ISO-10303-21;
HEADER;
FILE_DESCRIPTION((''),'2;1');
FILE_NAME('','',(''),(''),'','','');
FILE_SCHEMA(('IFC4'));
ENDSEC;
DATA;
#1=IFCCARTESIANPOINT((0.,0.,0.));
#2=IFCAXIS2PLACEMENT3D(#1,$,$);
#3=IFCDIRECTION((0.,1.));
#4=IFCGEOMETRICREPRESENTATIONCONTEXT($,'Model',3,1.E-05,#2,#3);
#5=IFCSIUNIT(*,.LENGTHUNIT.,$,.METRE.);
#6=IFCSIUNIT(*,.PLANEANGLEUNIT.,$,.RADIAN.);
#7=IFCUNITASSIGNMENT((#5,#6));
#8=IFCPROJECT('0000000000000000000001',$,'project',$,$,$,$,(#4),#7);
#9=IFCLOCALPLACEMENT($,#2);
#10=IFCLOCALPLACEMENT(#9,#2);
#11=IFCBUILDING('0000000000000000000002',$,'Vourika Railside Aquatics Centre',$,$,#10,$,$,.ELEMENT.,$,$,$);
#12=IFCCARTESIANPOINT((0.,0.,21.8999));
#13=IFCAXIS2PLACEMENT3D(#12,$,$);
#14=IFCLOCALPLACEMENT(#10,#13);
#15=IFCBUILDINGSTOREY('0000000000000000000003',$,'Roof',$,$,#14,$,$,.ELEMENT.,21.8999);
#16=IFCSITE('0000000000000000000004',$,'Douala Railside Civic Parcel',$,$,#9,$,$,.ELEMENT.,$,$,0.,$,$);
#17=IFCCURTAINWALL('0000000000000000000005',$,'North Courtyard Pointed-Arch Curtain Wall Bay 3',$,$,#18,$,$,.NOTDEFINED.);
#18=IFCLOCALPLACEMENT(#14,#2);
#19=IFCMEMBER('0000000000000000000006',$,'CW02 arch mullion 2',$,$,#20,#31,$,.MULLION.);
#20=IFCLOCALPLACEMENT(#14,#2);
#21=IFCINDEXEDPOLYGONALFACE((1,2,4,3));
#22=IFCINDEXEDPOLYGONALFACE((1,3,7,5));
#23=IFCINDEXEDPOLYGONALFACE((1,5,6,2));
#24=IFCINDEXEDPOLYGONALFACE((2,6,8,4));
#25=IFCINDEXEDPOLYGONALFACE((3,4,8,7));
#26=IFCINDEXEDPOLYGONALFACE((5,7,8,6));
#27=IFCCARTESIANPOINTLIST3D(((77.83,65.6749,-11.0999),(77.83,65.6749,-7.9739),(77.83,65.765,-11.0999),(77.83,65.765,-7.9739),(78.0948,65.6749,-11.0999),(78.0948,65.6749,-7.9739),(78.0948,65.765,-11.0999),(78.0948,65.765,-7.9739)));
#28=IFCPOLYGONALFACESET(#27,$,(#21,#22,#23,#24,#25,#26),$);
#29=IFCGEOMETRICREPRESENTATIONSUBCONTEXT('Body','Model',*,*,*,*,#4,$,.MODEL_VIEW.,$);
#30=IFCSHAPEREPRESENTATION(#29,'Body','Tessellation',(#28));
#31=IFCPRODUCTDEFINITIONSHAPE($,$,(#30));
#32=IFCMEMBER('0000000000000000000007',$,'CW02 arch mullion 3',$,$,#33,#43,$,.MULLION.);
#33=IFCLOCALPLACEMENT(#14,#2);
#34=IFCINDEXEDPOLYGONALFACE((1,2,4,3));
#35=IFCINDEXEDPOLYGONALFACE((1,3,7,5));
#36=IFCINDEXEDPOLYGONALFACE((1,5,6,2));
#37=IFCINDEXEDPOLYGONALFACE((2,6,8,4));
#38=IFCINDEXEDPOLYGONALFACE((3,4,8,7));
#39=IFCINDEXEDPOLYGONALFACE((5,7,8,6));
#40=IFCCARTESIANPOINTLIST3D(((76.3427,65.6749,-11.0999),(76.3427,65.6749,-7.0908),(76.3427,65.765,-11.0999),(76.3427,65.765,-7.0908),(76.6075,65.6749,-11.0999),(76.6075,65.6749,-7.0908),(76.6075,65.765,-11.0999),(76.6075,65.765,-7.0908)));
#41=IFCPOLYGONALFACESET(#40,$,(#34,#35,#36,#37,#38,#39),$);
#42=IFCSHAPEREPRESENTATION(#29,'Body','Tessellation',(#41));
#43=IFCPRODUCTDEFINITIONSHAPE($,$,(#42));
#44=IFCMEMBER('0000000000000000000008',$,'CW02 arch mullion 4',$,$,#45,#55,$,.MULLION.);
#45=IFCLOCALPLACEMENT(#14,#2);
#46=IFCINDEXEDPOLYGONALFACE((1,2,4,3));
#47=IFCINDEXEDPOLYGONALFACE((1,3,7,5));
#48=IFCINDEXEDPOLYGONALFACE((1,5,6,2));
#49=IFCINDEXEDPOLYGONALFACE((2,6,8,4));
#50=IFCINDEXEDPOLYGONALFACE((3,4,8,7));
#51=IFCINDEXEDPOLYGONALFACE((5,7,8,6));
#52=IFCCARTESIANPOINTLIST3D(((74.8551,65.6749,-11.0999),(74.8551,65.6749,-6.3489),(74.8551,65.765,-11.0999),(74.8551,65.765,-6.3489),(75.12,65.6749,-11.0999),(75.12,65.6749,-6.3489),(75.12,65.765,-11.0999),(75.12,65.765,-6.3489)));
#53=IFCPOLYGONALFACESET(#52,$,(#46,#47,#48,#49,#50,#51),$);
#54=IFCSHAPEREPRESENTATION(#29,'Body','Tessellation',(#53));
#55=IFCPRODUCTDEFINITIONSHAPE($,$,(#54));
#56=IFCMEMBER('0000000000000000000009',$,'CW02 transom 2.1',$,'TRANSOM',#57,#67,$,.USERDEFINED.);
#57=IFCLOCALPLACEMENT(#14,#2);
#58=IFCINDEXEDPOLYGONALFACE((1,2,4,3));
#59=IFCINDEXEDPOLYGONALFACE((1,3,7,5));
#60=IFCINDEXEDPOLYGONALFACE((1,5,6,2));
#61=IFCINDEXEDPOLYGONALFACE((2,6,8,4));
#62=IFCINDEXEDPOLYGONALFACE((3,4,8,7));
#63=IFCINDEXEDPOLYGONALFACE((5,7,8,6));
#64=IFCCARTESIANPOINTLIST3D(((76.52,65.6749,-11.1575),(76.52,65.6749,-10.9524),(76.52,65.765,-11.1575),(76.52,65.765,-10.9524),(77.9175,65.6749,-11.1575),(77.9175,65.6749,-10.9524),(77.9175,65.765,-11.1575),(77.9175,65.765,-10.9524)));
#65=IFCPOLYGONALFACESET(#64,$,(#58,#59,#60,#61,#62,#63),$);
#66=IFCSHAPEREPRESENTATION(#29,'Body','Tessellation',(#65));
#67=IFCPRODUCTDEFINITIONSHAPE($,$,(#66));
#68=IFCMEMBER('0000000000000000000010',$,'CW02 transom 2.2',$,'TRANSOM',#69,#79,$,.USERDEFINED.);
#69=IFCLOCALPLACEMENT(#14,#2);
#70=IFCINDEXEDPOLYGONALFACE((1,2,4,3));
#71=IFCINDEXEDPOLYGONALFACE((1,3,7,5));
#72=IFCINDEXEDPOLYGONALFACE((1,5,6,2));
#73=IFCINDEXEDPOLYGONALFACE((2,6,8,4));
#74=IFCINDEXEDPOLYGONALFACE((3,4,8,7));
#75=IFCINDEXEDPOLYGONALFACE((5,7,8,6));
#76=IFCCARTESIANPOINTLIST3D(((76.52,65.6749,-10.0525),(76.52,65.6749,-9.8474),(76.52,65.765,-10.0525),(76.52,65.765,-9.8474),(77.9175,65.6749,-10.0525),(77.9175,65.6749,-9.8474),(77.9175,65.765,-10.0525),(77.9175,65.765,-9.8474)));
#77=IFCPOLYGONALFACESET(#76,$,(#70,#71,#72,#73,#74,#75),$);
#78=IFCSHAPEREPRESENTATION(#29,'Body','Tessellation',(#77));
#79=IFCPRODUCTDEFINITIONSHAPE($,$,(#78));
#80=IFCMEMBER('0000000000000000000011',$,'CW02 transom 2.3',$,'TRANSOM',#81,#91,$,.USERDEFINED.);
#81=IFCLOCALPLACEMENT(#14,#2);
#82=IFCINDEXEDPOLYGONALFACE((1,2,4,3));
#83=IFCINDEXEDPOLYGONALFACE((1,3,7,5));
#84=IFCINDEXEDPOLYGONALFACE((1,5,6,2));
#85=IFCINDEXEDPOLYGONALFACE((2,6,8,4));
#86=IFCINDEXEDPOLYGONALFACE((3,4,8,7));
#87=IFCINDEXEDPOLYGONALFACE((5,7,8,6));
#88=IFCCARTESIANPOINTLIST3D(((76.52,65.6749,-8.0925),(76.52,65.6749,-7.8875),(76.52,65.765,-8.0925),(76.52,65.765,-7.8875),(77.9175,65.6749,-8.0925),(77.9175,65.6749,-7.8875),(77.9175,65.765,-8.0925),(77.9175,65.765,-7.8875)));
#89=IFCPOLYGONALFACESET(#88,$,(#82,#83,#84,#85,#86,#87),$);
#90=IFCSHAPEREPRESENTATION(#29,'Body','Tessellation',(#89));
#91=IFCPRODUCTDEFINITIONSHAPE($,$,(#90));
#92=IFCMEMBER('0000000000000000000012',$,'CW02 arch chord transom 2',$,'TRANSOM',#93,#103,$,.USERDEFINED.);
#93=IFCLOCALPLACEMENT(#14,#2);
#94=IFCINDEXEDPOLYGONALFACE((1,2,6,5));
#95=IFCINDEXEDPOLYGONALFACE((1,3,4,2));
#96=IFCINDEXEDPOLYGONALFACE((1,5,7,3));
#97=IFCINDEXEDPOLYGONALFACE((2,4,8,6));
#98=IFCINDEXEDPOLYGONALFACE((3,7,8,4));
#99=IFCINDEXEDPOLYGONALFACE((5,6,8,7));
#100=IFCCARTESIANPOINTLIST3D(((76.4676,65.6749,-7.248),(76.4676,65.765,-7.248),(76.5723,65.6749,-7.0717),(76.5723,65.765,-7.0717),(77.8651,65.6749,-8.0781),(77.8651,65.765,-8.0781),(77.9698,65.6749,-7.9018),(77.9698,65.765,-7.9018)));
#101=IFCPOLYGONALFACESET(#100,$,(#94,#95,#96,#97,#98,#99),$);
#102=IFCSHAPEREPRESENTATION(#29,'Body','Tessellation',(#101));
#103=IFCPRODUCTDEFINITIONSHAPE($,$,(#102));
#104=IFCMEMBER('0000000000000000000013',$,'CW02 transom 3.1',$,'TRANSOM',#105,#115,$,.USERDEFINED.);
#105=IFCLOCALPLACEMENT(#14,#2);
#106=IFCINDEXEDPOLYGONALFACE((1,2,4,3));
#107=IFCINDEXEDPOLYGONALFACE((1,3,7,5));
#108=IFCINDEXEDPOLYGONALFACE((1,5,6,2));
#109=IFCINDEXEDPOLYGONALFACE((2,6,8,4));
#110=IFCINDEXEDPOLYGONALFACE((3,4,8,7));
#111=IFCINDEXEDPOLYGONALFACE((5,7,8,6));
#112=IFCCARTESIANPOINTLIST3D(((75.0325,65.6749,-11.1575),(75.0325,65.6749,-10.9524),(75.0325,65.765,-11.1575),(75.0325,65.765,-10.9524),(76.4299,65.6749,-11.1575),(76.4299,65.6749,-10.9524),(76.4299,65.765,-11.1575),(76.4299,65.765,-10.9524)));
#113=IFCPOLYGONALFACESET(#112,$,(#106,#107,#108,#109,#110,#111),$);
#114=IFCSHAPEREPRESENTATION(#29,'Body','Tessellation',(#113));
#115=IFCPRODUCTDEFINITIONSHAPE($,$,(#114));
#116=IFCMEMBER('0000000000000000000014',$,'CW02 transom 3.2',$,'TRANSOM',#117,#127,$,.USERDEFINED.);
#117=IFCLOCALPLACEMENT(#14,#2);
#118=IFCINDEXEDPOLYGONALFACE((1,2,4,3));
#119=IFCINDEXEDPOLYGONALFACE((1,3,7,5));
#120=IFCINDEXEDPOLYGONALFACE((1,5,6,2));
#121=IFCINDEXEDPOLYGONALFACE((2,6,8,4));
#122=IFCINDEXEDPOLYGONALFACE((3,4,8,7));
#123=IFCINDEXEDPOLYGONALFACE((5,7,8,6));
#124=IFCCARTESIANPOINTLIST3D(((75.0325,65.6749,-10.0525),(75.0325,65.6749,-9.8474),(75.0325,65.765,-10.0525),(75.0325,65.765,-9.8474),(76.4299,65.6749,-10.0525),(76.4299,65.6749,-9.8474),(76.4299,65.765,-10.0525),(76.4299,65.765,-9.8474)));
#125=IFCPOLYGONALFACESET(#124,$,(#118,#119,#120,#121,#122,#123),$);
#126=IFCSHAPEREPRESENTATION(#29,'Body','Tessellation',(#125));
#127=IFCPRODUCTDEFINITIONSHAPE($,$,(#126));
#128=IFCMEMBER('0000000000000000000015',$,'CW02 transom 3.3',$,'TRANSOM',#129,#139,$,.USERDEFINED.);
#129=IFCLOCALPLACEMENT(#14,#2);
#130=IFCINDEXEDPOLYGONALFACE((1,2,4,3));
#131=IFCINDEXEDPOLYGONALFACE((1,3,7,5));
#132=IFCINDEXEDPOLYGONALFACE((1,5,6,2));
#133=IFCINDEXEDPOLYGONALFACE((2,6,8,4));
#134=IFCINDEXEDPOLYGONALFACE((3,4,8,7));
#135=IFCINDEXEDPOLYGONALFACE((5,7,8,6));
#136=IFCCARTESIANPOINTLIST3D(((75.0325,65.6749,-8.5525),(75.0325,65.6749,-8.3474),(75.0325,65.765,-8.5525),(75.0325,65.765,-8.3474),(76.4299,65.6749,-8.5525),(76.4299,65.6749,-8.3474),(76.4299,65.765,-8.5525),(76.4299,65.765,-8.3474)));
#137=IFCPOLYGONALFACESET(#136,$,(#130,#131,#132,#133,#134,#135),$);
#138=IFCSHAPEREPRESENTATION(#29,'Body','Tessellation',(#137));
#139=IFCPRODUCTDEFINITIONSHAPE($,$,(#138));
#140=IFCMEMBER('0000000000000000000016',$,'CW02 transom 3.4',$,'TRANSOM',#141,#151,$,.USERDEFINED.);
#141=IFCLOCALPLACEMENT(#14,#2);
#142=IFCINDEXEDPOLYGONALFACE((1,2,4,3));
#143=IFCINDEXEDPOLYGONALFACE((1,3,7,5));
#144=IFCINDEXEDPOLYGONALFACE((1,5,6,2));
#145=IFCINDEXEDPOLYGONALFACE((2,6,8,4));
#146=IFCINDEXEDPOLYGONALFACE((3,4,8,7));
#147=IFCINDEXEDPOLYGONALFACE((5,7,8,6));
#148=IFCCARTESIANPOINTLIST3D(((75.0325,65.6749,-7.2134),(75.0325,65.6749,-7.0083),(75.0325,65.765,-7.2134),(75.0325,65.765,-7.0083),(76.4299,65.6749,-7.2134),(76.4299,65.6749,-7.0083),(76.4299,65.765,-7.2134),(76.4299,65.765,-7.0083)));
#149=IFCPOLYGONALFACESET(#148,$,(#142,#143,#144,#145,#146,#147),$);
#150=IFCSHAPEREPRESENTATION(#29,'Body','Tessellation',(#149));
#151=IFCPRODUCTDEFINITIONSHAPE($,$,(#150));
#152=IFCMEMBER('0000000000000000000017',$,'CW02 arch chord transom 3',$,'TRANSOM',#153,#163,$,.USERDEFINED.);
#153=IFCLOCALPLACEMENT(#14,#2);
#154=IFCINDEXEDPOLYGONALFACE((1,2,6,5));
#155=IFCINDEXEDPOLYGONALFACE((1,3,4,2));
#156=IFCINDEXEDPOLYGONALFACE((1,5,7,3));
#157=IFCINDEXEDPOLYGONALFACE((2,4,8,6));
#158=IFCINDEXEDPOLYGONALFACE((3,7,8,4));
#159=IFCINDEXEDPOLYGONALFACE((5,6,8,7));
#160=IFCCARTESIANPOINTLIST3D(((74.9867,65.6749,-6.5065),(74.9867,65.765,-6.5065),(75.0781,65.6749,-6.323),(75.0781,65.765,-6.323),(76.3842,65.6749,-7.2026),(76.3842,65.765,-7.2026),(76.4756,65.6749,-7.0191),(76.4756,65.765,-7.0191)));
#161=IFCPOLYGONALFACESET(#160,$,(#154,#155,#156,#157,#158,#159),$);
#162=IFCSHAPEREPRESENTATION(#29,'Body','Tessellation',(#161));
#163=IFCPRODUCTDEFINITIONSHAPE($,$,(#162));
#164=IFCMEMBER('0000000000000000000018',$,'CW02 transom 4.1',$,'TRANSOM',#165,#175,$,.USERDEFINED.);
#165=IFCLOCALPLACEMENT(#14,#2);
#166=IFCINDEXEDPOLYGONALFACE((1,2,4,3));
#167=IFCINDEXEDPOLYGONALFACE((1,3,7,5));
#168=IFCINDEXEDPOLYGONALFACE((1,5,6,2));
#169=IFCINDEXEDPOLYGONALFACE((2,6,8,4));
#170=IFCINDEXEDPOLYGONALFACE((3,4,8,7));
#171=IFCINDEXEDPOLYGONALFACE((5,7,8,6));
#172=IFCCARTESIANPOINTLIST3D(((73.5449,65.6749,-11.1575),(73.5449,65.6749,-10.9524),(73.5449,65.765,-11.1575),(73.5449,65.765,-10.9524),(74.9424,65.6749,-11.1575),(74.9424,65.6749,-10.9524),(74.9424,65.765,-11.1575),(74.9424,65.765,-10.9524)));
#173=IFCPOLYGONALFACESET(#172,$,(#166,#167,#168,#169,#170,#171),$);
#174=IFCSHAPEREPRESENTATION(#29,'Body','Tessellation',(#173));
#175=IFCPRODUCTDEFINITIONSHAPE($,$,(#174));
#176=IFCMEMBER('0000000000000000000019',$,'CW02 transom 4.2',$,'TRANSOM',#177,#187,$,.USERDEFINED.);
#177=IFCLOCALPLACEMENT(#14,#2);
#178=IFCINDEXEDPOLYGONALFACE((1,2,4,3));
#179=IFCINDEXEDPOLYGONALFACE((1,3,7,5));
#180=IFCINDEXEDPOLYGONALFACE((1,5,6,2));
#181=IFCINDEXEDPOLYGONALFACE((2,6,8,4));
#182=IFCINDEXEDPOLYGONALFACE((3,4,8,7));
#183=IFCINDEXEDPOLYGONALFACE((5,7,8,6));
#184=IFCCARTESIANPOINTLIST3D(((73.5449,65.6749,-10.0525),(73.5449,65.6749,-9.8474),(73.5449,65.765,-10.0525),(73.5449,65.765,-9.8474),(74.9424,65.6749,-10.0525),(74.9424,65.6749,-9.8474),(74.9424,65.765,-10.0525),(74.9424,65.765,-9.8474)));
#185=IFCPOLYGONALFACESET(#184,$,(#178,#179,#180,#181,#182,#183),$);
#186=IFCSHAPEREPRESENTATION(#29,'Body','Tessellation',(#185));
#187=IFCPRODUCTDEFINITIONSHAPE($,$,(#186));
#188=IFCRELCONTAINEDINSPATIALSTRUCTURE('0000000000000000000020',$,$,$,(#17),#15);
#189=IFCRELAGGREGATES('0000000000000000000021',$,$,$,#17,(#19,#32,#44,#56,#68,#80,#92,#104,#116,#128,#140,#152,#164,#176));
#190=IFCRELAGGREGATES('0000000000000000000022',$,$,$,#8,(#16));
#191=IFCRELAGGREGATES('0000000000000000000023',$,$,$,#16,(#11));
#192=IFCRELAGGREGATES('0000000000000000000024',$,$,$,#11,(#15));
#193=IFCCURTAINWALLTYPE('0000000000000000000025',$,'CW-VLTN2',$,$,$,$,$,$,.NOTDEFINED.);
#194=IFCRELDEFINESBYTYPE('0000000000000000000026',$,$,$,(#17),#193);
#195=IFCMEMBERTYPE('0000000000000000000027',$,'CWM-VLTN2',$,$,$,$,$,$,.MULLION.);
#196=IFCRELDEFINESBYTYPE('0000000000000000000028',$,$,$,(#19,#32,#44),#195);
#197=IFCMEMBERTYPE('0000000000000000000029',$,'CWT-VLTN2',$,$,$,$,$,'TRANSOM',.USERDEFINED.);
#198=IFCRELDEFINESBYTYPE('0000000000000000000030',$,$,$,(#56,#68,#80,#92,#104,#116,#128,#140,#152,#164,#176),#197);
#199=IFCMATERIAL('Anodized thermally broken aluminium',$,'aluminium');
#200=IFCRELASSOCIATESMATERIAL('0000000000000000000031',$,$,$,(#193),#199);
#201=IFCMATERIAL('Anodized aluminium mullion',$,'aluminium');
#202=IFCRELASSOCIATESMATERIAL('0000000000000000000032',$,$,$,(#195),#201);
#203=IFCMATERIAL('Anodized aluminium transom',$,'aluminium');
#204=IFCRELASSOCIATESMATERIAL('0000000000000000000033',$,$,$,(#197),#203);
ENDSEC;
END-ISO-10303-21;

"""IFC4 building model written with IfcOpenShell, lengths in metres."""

from ifc_helpers import new_model, si_unit, direction, frame, origin, origin_2d, place, context, subcontext, project, spatial, rectangle, extrude, material, material_profile, profile_set, type_object, element, aggregate, save


model = new_model("IFC4")

# Units and contexts
model_context = context("Model", 3, precision=1e-05, world=origin(), true_north=direction((0.0, 1.0)))
body_context = subcontext(model_context, "Body", "Model", "MODEL_VIEW")
ifc_project = project(units=[si_unit("LENGTHUNIT", "METRE"), si_unit("PLANEANGLEUNIT", "RADIAN")], contexts=[model_context])

# Site, building, storey
site_placement = place(None, origin())
site = spatial("IfcSite", under=ifc_project, at=site_placement, Name="Douala Railside Civic Parcel", CompositionType="ELEMENT", RefElevation=0.0)
building_placement = place(site_placement, origin())
building = spatial("IfcBuilding", under=site, at=building_placement, Name="Vourika Railside Aquatics Centre", CompositionType="ELEMENT")
storey_placement = place(building_placement, frame((0.0, 0.0, 21.8999)))
storey = spatial("IfcBuildingStorey", under=building, at=storey_placement, Name="Roof", CompositionType="ELEMENT", Elevation=21.8999)

# Curtain wall, members
ifc_material_1 = material(Name="Anodized thermally broken aluminium", Category="aluminium")
curtain_wall_type = type_object("IfcCurtainWallType", Name="CW-VLTN2", PredefinedType="NOTDEFINED", material=ifc_material_1)
curtain_wall_placement = place(storey_placement, origin())
curtain_wall = element("IfcCurtainWall", 1, at=curtain_wall_placement, inside=storey, type_object=curtain_wall_type, Name="North Courtyard Pointed-Arch Curtain Wall Bay 3", PredefinedType="NOTDEFINED")
ifc_material_2 = material(Name="Anodized aluminium mullion", Category="aluminium")
ifc_material_profile_1 = material_profile(ifc_material_2, rectangle(XDim=0.0901, YDim=0.2649, at=origin_2d()), Name="ALU-M 90x265")
ifc_profile_set_1 = profile_set([ifc_material_profile_1], Name="Anodized aluminium mullion")
member_type_1 = type_object("IfcMemberType", Name="CWM-VLTN2", PredefinedType="MULLION", material=ifc_profile_set_1)
member_1_placement = place(storey_placement, frame((77.9624, 65.72, -11.0999), z_axis=(0.0, 0.0, 1.0), x_axis=(0.0, -1.0, 0.0)))
member_1 = element("IfcMember", 2, at=member_1_placement, type_object=member_type_1, Name="CW02 arch mullion 2", PredefinedType="MULLION", context=body_context, shape_type="SweptSolid", body=[
    extrude(rectangle(XDim=0.0901, YDim=0.2649, at=origin_2d()), origin(), (0.0, 0.0, 1.0), 3.126),
])
member_2_placement = place(storey_placement, frame((76.4751, 65.72, -11.0999), z_axis=(0.0, 0.0, 1.0), x_axis=(0.0, -1.0, 0.0)))
member_2 = element("IfcMember", 3, at=member_2_placement, type_object=member_type_1, Name="CW02 arch mullion 3", PredefinedType="MULLION", context=body_context, shape_type="SweptSolid", body=[
    extrude(rectangle(XDim=0.0901, YDim=0.2649, at=origin_2d()), origin(), (0.0, 0.0, 1.0), 4.009),
])
member_3_placement = place(storey_placement, frame((74.9875, 65.72, -11.0999), z_axis=(0.0, 0.0, 1.0), x_axis=(0.0, -1.0, 0.0)))
member_3 = element("IfcMember", 4, at=member_3_placement, type_object=member_type_1, Name="CW02 arch mullion 4", PredefinedType="MULLION", context=body_context, shape_type="SweptSolid", body=[
    extrude(rectangle(XDim=0.0901, YDim=0.2649, at=origin_2d()), origin(), (0.0, 0.0, 1.0), 4.751),
])
ifc_material_3 = material(Name="Anodized aluminium transom", Category="aluminium")
ifc_material_profile_2 = material_profile(ifc_material_3, rectangle(XDim=0.0901, YDim=0.2051, at=origin_2d()), Name="ALU-T 90x205")
ifc_profile_set_2 = profile_set([ifc_material_profile_2], Name="Anodized aluminium transom")
member_type_2 = type_object("IfcMemberType", Name="CWT-VLTN2", ElementType="TRANSOM", PredefinedType="USERDEFINED", material=ifc_profile_set_2)
member_4_placement = place(storey_placement, frame((77.9175, 65.72, -11.0549), z_axis=(-1.0, 0.0, 0.0), x_axis=(0.0, -1.0, 0.0)))
member_4 = element("IfcMember", 5, at=member_4_placement, type_object=member_type_2, Name="CW02 transom 2.1", ObjectType="TRANSOM", PredefinedType="USERDEFINED", context=body_context, shape_type="SweptSolid", body=[
    extrude(rectangle(XDim=0.0901, YDim=0.2051, at=origin_2d()), origin(), (0.0, 0.0, 1.0), 1.3975),
])
member_5_placement = place(storey_placement, frame((77.9175, 65.72, -9.95), z_axis=(-1.0, 0.0, 0.0), x_axis=(0.0, -1.0, 0.0)))
member_5 = element("IfcMember", 6, at=member_5_placement, type_object=member_type_2, Name="CW02 transom 2.2", ObjectType="TRANSOM", PredefinedType="USERDEFINED", context=body_context, shape_type="SweptSolid", body=[
    extrude(rectangle(XDim=0.0901, YDim=0.2051, at=origin_2d()), origin(), (0.0, 0.0, 1.0), 1.3975),
])
member_6_placement = place(storey_placement, frame((77.9175, 65.72, -7.99), z_axis=(-1.0, 0.0, 0.0), x_axis=(0.0, -1.0, 0.0)))
member_6 = element("IfcMember", 7, at=member_6_placement, type_object=member_type_2, Name="CW02 transom 2.3", ObjectType="TRANSOM", PredefinedType="USERDEFINED", context=body_context, shape_type="SweptSolid", body=[
    extrude(rectangle(XDim=0.0901, YDim=0.2051, at=origin_2d()), origin(), (0.0, 0.0, 1.0), 1.3975),
])
member_7_placement = place(storey_placement, frame((77.9175, 65.72, -7.99), z_axis=(-0.859764, 0.0, 0.510691), x_axis=(0.0, -1.0, 0.0)))
member_7 = element("IfcMember", 8, at=member_7_placement, type_object=member_type_2, Name="CW02 arch chord transom 2", ObjectType="TRANSOM", PredefinedType="USERDEFINED", context=body_context, shape_type="SweptSolid", body=[
    extrude(rectangle(XDim=0.0901, YDim=0.2051, at=origin_2d()), origin(), (0.0, 0.0, 1.0), 1.6255),
])
member_8_placement = place(storey_placement, frame((76.4299, 65.72, -11.0549), z_axis=(-1.0, 0.0, 0.0), x_axis=(0.0, -1.0, 0.0)))
member_8 = element("IfcMember", 9, at=member_8_placement, type_object=member_type_2, Name="CW02 transom 3.1", ObjectType="TRANSOM", PredefinedType="USERDEFINED", context=body_context, shape_type="SweptSolid", body=[
    extrude(rectangle(XDim=0.0901, YDim=0.2051, at=origin_2d()), origin(), (0.0, 0.0, 1.0), 1.3975),
])
member_9_placement = place(storey_placement, frame((76.4299, 65.72, -9.95), z_axis=(-1.0, 0.0, 0.0), x_axis=(0.0, -1.0, 0.0)))
member_9 = element("IfcMember", 10, at=member_9_placement, type_object=member_type_2, Name="CW02 transom 3.2", ObjectType="TRANSOM", PredefinedType="USERDEFINED", context=body_context, shape_type="SweptSolid", body=[
    extrude(rectangle(XDim=0.0901, YDim=0.2051, at=origin_2d()), origin(), (0.0, 0.0, 1.0), 1.3975),
])
member_10_placement = place(storey_placement, frame((76.4299, 65.72, -8.45), z_axis=(-1.0, 0.0, 0.0), x_axis=(0.0, -1.0, 0.0)))
member_10 = element("IfcMember", 11, at=member_10_placement, type_object=member_type_2, Name="CW02 transom 3.3", ObjectType="TRANSOM", PredefinedType="USERDEFINED", context=body_context, shape_type="SweptSolid", body=[
    extrude(rectangle(XDim=0.0901, YDim=0.2051, at=origin_2d()), origin(), (0.0, 0.0, 1.0), 1.3975),
])
member_11_placement = place(storey_placement, frame((76.4299, 65.72, -7.1108), z_axis=(-1.0, 0.0, 0.0), x_axis=(0.0, -1.0, 0.0)))
member_11 = element("IfcMember", 12, at=member_11_placement, type_object=member_type_2, Name="CW02 transom 3.4", ObjectType="TRANSOM", PredefinedType="USERDEFINED", context=body_context, shape_type="SweptSolid", body=[
    extrude(rectangle(XDim=0.0901, YDim=0.2051, at=origin_2d()), origin(), (0.0, 0.0, 1.0), 1.3975),
])
member_12_placement = place(storey_placement, frame((76.4299, 65.72, -7.1108), z_axis=(-0.895114, 0.0, 0.445837), x_axis=(0.0, -1.0, 0.0)))
member_12 = element("IfcMember", 13, at=member_12_placement, type_object=member_type_2, Name="CW02 arch chord transom 3", ObjectType="TRANSOM", PredefinedType="USERDEFINED", context=body_context, shape_type="SweptSolid", body=[
    extrude(rectangle(XDim=0.0901, YDim=0.2051, at=origin_2d()), origin(), (0.0, 0.0, 1.0), 1.5613),
])
member_13_placement = place(storey_placement, frame((74.9424, 65.72, -11.0549), z_axis=(-1.0, 0.0, 0.0), x_axis=(0.0, -1.0, 0.0)))
member_13 = element("IfcMember", 14, at=member_13_placement, type_object=member_type_2, Name="CW02 transom 4.1", ObjectType="TRANSOM", PredefinedType="USERDEFINED", context=body_context, shape_type="SweptSolid", body=[
    extrude(rectangle(XDim=0.0901, YDim=0.2051, at=origin_2d()), origin(), (0.0, 0.0, 1.0), 1.3975),
])
member_14_placement = place(storey_placement, frame((74.9424, 65.72, -9.95), z_axis=(-1.0, 0.0, 0.0), x_axis=(0.0, -1.0, 0.0)))
member_14 = element("IfcMember", 15, at=member_14_placement, type_object=member_type_2, Name="CW02 transom 4.2", ObjectType="TRANSOM", PredefinedType="USERDEFINED", context=body_context, shape_type="SweptSolid", body=[
    extrude(rectangle(XDim=0.0901, YDim=0.2051, at=origin_2d()), origin(), (0.0, 0.0, 1.0), 1.3975),
])
aggregate(curtain_wall, [member_1, member_2, member_3, member_4, member_5, member_6, member_7, member_8, member_9, member_10, member_11, member_12, member_13, member_14])

save(model, "model.ifc")
